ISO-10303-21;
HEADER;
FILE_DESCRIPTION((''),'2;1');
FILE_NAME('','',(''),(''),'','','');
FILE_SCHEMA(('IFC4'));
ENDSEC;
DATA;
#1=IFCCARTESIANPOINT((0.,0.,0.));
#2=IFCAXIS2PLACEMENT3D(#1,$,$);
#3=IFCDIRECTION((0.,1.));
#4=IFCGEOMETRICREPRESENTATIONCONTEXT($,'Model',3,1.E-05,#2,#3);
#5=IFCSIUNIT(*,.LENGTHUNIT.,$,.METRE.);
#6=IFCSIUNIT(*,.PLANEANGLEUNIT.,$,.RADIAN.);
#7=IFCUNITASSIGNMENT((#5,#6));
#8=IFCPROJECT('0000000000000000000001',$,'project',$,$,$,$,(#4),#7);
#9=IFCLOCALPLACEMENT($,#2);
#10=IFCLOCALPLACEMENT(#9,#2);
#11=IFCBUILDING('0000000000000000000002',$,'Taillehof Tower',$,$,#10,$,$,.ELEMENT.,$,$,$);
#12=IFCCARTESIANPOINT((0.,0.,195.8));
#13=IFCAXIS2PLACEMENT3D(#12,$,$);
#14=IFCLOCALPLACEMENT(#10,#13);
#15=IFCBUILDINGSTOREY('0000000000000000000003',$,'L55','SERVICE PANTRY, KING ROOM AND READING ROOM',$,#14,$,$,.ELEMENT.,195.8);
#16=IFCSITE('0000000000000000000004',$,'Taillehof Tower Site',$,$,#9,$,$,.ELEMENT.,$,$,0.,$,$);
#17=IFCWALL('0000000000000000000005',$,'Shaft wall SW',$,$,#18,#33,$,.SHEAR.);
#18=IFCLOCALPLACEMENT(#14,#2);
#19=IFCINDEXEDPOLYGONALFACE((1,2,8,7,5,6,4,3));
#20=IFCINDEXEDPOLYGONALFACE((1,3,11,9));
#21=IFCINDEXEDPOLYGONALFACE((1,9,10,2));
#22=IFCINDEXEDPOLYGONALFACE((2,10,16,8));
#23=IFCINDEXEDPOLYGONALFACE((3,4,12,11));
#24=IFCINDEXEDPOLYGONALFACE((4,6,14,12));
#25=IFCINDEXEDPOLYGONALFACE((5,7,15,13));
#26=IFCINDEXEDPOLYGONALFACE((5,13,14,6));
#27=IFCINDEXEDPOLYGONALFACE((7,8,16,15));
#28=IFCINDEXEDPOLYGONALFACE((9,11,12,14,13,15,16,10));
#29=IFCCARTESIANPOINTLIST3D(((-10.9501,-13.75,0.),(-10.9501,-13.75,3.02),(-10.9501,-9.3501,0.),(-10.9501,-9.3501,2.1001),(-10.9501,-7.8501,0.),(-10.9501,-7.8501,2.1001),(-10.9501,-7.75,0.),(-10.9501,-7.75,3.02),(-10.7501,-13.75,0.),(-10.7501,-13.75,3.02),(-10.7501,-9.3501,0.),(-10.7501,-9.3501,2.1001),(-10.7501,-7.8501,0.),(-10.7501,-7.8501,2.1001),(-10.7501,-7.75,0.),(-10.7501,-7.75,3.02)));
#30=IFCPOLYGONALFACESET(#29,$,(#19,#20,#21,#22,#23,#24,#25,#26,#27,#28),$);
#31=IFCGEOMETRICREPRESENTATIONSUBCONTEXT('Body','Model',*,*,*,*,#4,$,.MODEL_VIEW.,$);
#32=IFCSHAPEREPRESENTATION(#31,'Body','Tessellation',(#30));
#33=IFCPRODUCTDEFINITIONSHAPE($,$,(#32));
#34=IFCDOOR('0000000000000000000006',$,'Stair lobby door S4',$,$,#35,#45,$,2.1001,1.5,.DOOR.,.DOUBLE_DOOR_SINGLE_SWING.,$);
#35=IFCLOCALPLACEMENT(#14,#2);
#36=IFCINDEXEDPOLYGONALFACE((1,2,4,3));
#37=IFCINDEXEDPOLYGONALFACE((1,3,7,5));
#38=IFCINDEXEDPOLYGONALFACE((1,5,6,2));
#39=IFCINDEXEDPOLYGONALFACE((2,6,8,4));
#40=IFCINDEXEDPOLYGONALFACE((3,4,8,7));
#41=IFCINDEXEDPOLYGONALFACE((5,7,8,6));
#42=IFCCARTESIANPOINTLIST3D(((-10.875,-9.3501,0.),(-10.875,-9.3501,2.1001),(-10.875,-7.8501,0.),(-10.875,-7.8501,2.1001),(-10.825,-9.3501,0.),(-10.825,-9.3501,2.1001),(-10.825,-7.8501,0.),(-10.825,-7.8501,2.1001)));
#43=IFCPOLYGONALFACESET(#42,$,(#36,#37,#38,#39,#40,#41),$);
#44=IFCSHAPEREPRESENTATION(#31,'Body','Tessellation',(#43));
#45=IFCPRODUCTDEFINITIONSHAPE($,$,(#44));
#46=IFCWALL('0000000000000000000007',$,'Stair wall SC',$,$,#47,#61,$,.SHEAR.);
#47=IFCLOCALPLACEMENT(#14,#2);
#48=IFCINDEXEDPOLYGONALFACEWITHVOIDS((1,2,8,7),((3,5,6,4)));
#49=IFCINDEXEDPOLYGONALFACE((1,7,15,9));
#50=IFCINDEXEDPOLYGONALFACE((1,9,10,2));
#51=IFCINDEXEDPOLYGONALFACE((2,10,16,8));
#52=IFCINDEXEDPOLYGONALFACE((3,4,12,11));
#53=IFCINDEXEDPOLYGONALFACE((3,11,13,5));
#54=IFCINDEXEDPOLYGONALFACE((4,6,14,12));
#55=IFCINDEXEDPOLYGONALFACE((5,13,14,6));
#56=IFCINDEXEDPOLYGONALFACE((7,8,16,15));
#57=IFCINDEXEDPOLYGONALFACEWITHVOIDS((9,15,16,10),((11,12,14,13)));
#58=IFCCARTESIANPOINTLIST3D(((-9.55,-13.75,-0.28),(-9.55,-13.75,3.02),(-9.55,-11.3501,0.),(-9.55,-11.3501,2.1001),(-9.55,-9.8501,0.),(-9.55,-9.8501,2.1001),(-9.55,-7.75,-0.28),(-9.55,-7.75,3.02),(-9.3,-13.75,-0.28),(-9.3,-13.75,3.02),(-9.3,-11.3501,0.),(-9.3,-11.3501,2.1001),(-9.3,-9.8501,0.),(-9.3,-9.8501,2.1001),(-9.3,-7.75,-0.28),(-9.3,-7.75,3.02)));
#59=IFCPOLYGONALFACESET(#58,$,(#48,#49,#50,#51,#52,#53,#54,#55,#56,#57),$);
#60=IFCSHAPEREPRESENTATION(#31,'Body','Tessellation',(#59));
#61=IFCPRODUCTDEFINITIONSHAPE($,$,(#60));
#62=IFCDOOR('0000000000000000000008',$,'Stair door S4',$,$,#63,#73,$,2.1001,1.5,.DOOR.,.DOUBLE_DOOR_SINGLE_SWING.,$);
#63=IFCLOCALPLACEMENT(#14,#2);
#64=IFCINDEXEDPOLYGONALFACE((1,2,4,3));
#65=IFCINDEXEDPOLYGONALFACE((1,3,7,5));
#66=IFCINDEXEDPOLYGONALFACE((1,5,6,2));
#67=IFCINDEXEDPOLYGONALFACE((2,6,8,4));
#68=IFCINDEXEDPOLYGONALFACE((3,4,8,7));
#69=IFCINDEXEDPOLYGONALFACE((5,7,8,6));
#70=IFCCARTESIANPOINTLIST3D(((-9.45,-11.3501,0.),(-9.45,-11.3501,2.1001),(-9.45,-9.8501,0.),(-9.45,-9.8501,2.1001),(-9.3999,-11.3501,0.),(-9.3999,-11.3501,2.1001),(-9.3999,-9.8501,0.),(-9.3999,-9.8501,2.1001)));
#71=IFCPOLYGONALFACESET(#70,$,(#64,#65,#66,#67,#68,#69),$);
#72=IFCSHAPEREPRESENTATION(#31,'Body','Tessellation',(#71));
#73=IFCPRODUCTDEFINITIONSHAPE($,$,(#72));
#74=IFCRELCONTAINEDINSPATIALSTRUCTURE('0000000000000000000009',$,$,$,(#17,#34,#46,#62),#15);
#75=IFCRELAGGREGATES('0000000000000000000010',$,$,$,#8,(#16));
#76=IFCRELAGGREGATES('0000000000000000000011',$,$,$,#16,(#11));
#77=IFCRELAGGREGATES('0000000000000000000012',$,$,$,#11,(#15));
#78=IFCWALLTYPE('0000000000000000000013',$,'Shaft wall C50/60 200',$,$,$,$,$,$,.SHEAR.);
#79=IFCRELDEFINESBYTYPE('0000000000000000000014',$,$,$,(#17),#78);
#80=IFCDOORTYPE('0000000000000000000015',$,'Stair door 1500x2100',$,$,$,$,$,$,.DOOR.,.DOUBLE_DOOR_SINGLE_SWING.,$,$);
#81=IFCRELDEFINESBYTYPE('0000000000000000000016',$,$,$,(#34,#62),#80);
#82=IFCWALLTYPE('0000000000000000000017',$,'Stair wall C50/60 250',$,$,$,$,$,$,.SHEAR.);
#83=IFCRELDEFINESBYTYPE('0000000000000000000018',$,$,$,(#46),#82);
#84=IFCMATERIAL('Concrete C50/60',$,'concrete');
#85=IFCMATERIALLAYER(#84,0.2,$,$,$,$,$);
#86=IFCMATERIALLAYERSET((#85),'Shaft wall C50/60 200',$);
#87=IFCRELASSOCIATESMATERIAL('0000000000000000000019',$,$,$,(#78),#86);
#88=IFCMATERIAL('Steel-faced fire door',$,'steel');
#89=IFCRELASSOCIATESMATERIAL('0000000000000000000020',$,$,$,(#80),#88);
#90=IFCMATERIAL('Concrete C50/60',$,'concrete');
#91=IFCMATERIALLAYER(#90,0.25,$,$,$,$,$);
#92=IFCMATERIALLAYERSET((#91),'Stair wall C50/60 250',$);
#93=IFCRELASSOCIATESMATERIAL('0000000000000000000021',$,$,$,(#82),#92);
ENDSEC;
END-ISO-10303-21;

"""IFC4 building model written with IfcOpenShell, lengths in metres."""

from ifc_helpers import new_model, si_unit, direction, frame, frame_2d, origin, place, context, subcontext, project, spatial, rectangle, extrude, material, layer, layer_set, type_object, element, fill, save


model = new_model("IFC4")

# Units and contexts
model_context = context("Model", 3, precision=1e-05, world=origin(), true_north=direction((0.0, 1.0)))
body_context = subcontext(model_context, "Body", "Model", "MODEL_VIEW")
ifc_project = project(units=[si_unit("LENGTHUNIT", "METRE"), si_unit("PLANEANGLEUNIT", "RADIAN")], contexts=[model_context])

# Site, building, storey
site_placement = place(None, origin())
site = spatial("IfcSite", under=ifc_project, at=site_placement, Name="Taillehof Tower Site", CompositionType="ELEMENT", RefElevation=0.0)
building_placement = place(site_placement, origin())
building = spatial("IfcBuilding", under=site, at=building_placement, Name="Taillehof Tower", CompositionType="ELEMENT")
storey_placement = place(building_placement, frame((0.0, 0.0, 195.8)))
storey = spatial("IfcBuildingStorey", under=building, at=storey_placement, Name="L55", Description="SERVICE PANTRY, KING ROOM AND READING ROOM", CompositionType="ELEMENT", Elevation=195.8)

# Walls, openings, doors
ifc_material_1 = material(Name="Concrete C50/60", Category="concrete")
ifc_layer_1 = layer(ifc_material_1, 0.2)
ifc_layer_set_1 = layer_set([ifc_layer_1], Name="Shaft wall C50/60 200")
wall_type_1 = type_object("IfcWallType", Name="Shaft wall C50/60 200", PredefinedType="SHEAR", material=ifc_layer_set_1)
wall_1_placement = place(storey_placement, frame((-10.8501, -13.75, 0.0), z_axis=(0.0, 0.0, 1.0), x_axis=(0.0, 1.0, 0.0)))
wall_1 = element("IfcWall", 1, at=wall_1_placement, inside=storey, type_object=wall_type_1, Name="Shaft wall SW", PredefinedType="SHEAR", context=body_context, shape_type="SweptSolid", body=[
    extrude(rectangle(XDim=6.0, YDim=0.2, at=frame_2d((3.0, 0.0))), origin(), (0.0, 0.0, 1.0), 3.02),
])
opening_1_placement = place(wall_1_placement, frame((4.3999, 0.0, 0.0)))
opening_1 = element("IfcOpeningElement", 2, at=opening_1_placement, cuts=wall_1, PredefinedType="OPENING", context=body_context, shape_type="SweptSolid", body=[
    extrude(rectangle(XDim=1.5, YDim=2.1001, at=frame_2d((0.75, 1.05))), frame((0.0, 0.1099, 0.0), z_axis=(0.0, -1.0, 0.0), x_axis=(1.0, 0.0, 0.0)), (0.0, 0.0, 1.0), 0.22),
])
ifc_material_2 = material(Name="Steel-faced fire door", Category="steel")
door_type_1 = type_object("IfcDoorType", Name="Stair door 1500x2100", OperationType="DOUBLE_DOOR_SINGLE_SWING", PredefinedType="DOOR", material=ifc_material_2)
door_1_placement = place(opening_1_placement, origin())
door_1 = element("IfcDoor", 3, at=door_1_placement, inside=storey, type_object=door_type_1, Name="Stair lobby door S4", OperationType="DOUBLE_DOOR_SINGLE_SWING", OverallHeight=2.1001, OverallWidth=1.5, PredefinedType="DOOR", context=body_context, shape_type="SweptSolid", body=[
    extrude(rectangle(XDim=1.5, YDim=2.1001, at=frame_2d((0.75, 1.05))), frame((0.0, 0.0249, 0.0), z_axis=(0.0, -1.0, 0.0), x_axis=(1.0, 0.0, 0.0)), (0.0, 0.0, 1.0), 0.05),
])
fill(opening_1, door_1)
ifc_material_3 = material(Name="Concrete C50/60", Category="concrete")
ifc_layer_2 = layer(ifc_material_3, 0.25)
ifc_layer_set_2 = layer_set([ifc_layer_2], Name="Stair wall C50/60 250")
wall_type_2 = type_object("IfcWallType", Name="Stair wall C50/60 250", PredefinedType="SHEAR", material=ifc_layer_set_2)
wall_2_placement = place(storey_placement, frame((-9.425, -13.75, -0.28), z_axis=(0.0, 0.0, 1.0), x_axis=(0.0, 1.0, 0.0)))
wall_2 = element("IfcWall", 4, at=wall_2_placement, inside=storey, type_object=wall_type_2, Name="Stair wall SC", PredefinedType="SHEAR", context=body_context, shape_type="SweptSolid", body=[
    extrude(rectangle(XDim=6.0, YDim=0.25, at=frame_2d((3.0, 0.0))), origin(), (0.0, 0.0, 1.0), 3.3),
])
opening_2_placement = place(wall_2_placement, frame((2.3999, 0.0, 0.28)))
opening_2 = element("IfcOpeningElement", 5, at=opening_2_placement, cuts=wall_2, PredefinedType="OPENING", context=body_context, shape_type="SweptSolid", body=[
    extrude(rectangle(XDim=1.5, YDim=2.1001, at=frame_2d((0.75, 1.05))), frame((0.0, 0.135, 0.0), z_axis=(0.0, -1.0, 0.0), x_axis=(1.0, 0.0, 0.0)), (0.0, 0.0, 1.0), 0.27),
])
door_2_placement = place(opening_2_placement, origin())
door_2 = element("IfcDoor", 6, at=door_2_placement, inside=storey, type_object=door_type_1, Name="Stair door S4", OperationType="DOUBLE_DOOR_SINGLE_SWING", OverallHeight=2.1001, OverallWidth=1.5, PredefinedType="DOOR", context=body_context, shape_type="SweptSolid", body=[
    extrude(rectangle(XDim=1.5, YDim=2.1001, at=frame_2d((0.75, 1.05))), frame((0.0, 0.0249, 0.0), z_axis=(0.0, -1.0, 0.0), x_axis=(1.0, 0.0, 0.0)), (0.0, 0.0, 1.0), 0.05),
])
fill(opening_2, door_2)

save(model, "model.ifc")
